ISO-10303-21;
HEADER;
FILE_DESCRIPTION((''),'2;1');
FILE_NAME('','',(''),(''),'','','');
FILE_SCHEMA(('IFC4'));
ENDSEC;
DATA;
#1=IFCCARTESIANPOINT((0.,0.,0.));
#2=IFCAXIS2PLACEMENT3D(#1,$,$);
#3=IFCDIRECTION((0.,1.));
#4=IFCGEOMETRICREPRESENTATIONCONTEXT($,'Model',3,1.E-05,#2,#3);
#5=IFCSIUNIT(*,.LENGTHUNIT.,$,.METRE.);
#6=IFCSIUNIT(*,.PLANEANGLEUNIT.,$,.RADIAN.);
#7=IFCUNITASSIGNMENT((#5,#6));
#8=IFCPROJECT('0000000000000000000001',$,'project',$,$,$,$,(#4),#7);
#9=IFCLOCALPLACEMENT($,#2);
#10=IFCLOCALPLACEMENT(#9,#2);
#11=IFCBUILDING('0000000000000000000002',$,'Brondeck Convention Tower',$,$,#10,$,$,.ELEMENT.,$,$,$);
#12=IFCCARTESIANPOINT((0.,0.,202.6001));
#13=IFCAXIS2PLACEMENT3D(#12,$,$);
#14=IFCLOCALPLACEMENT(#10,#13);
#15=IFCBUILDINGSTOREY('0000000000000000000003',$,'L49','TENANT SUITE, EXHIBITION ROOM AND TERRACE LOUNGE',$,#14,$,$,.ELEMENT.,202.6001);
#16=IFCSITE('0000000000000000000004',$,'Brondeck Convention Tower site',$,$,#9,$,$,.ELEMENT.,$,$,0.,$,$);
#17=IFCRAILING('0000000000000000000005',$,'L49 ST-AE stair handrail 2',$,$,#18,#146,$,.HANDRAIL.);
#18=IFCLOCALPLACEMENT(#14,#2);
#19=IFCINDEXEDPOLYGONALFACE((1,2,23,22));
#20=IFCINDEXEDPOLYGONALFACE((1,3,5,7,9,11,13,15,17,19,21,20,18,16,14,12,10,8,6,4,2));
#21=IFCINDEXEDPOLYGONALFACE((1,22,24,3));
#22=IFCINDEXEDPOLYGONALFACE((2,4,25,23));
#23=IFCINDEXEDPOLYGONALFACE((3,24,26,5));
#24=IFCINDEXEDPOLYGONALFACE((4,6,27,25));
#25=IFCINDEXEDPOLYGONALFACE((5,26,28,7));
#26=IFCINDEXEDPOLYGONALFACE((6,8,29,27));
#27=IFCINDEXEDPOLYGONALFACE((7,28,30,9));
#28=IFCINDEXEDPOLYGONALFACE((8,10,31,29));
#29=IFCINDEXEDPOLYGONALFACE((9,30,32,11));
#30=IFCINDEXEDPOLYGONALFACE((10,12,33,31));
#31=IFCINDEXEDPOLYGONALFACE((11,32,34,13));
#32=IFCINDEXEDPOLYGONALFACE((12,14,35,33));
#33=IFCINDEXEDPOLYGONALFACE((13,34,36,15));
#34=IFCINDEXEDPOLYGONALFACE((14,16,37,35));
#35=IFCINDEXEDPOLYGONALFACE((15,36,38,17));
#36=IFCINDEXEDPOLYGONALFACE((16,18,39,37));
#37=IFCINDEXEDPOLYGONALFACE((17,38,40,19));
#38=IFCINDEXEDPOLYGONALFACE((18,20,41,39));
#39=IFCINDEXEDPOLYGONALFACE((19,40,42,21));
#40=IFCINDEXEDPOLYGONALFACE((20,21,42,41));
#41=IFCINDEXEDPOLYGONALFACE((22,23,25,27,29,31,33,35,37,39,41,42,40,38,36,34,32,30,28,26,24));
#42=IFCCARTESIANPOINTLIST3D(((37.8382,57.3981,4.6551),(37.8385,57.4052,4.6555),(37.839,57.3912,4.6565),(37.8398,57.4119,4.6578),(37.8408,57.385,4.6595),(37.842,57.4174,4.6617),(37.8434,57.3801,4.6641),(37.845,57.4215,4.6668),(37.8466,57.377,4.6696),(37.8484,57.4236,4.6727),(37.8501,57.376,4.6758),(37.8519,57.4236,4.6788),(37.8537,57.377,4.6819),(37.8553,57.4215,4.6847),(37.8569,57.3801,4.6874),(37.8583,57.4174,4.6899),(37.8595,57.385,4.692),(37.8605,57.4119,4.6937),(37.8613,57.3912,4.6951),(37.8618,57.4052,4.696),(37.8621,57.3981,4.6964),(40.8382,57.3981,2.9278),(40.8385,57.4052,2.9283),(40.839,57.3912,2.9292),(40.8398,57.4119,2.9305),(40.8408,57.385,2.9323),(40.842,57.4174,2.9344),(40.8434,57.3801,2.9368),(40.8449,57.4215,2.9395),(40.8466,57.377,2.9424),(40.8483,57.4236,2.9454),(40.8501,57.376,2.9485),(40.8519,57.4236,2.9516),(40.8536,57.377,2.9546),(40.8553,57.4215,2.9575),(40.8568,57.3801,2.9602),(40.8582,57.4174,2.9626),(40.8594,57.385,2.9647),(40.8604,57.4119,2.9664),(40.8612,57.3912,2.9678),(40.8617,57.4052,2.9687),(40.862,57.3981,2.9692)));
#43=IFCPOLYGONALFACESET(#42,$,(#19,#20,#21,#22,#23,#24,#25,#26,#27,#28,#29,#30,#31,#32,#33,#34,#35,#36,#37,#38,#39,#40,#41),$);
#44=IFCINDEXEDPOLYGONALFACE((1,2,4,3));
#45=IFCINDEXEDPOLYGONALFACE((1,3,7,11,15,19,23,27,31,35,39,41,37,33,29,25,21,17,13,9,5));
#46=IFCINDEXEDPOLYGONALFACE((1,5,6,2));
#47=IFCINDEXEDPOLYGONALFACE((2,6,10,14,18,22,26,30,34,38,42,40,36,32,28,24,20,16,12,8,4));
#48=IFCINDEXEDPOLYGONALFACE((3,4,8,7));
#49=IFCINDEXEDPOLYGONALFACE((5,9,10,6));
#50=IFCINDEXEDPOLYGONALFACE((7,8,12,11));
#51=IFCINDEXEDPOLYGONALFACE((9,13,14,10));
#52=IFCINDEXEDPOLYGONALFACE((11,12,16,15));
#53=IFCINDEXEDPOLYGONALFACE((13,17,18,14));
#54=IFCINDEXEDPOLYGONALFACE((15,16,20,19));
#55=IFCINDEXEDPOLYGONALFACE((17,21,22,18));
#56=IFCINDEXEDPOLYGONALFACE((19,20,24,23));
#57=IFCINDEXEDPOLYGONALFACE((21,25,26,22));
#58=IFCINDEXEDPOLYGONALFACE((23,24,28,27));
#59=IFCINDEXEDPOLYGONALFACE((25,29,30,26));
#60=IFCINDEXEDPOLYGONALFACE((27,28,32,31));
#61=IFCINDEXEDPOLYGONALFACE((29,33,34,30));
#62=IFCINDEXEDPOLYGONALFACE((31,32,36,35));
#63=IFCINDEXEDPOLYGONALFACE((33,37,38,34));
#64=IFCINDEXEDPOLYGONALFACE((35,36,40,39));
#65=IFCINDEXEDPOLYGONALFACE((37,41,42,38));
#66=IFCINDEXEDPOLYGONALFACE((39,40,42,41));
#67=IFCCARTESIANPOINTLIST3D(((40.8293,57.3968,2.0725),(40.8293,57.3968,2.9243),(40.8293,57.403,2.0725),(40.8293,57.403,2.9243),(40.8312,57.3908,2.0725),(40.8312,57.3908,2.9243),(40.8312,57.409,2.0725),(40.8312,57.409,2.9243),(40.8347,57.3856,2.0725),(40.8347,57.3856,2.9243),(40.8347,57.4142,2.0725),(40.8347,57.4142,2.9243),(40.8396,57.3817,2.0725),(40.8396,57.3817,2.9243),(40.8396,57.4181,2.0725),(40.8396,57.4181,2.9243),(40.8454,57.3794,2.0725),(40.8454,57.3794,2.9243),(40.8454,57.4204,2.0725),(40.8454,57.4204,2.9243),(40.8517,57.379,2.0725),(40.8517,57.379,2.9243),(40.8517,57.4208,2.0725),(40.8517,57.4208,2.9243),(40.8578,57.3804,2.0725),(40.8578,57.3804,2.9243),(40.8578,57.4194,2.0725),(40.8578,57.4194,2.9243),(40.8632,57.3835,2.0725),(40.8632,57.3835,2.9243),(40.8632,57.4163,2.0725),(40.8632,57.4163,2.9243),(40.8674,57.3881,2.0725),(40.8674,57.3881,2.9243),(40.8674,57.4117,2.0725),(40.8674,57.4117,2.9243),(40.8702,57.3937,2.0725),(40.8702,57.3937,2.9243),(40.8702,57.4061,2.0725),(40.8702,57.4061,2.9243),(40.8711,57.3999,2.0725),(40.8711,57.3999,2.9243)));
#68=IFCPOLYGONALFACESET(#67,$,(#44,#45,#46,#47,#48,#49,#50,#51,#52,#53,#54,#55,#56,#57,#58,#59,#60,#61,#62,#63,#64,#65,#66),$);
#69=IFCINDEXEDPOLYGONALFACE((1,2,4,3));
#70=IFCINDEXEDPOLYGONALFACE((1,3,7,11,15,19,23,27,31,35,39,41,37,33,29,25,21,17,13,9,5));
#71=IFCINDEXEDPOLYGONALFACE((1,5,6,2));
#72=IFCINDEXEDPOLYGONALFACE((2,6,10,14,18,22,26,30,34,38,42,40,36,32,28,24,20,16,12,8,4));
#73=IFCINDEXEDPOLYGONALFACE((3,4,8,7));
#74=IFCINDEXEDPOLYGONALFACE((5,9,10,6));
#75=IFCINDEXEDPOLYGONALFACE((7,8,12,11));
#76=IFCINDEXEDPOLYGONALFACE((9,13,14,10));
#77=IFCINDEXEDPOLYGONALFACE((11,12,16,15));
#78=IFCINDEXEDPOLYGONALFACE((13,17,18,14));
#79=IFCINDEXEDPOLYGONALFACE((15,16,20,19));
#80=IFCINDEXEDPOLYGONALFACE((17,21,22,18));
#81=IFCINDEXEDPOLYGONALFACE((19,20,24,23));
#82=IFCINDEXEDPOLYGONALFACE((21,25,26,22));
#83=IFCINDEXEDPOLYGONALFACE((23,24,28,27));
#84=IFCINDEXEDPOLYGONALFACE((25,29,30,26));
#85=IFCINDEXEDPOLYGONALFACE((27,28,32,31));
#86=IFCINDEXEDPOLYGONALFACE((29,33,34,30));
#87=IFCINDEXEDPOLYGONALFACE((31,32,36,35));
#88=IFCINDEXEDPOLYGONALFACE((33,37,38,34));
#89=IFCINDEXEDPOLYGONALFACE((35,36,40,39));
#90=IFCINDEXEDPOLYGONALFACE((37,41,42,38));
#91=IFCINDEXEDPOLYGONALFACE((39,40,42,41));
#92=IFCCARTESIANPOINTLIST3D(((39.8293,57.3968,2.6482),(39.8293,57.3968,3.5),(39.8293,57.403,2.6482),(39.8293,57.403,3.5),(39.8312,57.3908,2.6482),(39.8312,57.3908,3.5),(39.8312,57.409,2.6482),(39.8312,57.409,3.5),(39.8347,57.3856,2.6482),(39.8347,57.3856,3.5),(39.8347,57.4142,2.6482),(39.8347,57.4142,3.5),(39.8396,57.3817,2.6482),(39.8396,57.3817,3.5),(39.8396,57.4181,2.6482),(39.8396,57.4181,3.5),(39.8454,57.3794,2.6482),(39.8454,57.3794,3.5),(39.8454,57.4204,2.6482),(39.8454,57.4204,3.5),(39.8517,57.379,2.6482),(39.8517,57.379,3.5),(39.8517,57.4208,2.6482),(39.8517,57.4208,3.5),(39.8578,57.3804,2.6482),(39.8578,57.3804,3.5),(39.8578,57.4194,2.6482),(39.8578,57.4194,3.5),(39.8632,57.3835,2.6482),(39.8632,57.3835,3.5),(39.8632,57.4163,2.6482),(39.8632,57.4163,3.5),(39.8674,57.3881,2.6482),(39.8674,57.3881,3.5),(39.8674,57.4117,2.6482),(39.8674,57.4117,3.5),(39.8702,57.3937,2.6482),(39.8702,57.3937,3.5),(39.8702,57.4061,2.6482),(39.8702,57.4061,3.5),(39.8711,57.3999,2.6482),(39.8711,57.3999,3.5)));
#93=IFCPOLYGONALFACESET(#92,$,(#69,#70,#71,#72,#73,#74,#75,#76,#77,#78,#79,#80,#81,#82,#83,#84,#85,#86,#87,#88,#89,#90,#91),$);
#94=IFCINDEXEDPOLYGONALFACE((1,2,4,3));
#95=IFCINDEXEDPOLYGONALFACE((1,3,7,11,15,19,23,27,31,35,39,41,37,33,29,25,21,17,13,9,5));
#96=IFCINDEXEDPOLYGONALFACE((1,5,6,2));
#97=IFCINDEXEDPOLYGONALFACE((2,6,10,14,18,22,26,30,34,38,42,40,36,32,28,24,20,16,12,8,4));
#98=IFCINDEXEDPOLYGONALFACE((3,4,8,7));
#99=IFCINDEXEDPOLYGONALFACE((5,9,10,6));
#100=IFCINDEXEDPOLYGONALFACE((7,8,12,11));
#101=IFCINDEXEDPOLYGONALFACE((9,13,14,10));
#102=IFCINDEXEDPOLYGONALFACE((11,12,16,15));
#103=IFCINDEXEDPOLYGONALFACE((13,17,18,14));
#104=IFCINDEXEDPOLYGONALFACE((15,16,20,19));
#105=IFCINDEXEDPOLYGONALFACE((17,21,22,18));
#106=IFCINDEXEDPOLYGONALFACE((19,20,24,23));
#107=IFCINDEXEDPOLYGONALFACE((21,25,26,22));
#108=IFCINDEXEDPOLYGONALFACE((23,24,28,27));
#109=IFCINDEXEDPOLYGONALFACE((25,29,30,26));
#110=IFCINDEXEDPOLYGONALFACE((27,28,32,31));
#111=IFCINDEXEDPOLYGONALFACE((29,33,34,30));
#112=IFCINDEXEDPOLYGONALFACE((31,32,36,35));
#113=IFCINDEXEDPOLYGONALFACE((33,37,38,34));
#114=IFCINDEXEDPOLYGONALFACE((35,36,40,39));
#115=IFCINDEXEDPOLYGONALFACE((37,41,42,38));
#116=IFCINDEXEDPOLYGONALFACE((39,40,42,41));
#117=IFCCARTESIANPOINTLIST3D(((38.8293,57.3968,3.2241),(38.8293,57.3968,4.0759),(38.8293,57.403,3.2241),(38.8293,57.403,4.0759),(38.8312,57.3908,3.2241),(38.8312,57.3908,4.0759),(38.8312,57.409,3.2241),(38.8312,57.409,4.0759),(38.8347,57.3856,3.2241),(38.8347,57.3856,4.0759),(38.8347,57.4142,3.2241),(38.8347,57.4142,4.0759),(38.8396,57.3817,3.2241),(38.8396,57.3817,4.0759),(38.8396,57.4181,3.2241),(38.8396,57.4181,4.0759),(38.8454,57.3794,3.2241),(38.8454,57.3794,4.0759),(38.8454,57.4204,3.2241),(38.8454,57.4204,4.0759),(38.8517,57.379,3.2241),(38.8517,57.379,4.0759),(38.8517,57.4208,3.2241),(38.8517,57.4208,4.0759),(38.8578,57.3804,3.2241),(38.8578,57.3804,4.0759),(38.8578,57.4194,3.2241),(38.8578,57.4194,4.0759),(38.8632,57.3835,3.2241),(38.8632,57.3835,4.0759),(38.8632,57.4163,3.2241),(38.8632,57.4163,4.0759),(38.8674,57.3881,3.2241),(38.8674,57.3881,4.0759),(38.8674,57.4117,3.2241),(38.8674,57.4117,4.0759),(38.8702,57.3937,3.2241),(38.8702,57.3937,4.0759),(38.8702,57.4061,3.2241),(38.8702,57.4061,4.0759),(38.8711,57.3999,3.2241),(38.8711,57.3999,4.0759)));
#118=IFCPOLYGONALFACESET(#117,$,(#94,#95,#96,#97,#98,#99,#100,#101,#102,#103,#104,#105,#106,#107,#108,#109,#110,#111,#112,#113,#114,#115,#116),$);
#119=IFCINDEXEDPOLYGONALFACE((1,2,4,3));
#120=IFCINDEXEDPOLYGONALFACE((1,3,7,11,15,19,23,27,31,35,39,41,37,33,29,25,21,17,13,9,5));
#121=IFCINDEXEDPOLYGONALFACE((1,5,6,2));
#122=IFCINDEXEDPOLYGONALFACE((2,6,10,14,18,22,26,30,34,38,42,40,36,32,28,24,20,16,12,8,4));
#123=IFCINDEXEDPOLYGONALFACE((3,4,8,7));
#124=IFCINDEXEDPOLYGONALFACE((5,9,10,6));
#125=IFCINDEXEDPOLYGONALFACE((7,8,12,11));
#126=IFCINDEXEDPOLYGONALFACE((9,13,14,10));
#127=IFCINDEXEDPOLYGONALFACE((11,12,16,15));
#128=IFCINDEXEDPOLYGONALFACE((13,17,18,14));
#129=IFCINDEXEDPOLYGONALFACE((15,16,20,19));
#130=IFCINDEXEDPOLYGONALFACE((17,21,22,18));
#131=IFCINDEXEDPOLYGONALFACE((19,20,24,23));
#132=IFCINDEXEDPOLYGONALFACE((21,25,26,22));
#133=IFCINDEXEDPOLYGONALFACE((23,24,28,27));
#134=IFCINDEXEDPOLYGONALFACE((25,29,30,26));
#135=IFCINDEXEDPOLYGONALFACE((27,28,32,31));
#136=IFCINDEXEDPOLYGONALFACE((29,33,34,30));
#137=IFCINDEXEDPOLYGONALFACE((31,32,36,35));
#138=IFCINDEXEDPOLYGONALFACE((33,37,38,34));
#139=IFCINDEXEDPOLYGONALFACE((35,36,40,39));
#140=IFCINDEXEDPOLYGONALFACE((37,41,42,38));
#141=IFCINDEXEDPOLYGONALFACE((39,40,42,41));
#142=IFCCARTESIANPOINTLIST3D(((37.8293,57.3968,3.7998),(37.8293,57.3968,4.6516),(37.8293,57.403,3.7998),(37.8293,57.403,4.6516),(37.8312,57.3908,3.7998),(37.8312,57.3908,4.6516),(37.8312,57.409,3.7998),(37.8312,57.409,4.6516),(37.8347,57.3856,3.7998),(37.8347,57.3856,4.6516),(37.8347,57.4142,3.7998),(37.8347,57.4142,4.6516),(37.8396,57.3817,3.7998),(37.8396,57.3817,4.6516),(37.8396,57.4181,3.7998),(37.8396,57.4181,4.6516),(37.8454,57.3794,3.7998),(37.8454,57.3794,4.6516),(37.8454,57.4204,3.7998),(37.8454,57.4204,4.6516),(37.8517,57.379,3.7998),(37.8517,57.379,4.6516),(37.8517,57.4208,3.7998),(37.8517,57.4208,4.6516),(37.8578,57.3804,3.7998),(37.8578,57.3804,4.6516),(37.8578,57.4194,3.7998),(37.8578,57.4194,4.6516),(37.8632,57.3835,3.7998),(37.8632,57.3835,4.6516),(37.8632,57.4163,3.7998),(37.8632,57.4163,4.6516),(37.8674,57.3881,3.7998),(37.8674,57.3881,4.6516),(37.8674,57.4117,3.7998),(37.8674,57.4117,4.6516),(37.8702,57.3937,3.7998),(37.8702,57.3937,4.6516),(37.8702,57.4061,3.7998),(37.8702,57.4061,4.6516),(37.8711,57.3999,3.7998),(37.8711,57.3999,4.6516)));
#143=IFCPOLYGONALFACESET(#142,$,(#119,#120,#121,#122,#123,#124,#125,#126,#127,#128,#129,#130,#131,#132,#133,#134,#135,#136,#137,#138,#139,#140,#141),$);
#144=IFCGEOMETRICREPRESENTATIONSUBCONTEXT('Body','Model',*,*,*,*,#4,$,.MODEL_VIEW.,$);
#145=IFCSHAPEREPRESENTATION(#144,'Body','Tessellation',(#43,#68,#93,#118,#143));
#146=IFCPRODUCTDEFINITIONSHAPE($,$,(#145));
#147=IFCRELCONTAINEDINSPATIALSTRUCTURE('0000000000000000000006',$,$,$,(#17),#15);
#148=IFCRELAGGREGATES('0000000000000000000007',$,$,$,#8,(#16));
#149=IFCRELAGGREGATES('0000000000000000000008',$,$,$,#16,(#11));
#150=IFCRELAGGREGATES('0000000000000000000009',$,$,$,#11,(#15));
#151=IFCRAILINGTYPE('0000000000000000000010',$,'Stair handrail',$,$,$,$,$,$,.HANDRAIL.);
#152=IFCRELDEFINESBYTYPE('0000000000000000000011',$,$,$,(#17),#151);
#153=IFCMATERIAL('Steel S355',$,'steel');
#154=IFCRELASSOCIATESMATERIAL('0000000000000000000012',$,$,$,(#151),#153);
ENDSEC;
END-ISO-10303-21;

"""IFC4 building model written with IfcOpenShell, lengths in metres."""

from ifc_helpers import new_model, si_unit, direction, frame, origin, origin_2d, place, context, subcontext, project, spatial, circle, extrude, material, type_object, element, save


model = new_model("IFC4")

# Units and contexts
model_context = context("Model", 3, precision=1e-05, world=origin(), true_north=direction((0.0, 1.0)))
body_context = subcontext(model_context, "Body", "Model", "MODEL_VIEW")
ifc_project = project(units=[si_unit("LENGTHUNIT", "METRE"), si_unit("PLANEANGLEUNIT", "RADIAN")], contexts=[model_context])

# Site, building, storey
site_placement = place(None, origin())
site = spatial("IfcSite", under=ifc_project, at=site_placement, Name="Brondeck Convention Tower site", CompositionType="ELEMENT", RefElevation=0.0)
building_placement = place(site_placement, origin())
building = spatial("IfcBuilding", under=site, at=building_placement, Name="Brondeck Convention Tower", CompositionType="ELEMENT")
storey_placement = place(building_placement, frame((0.0, 0.0, 202.6001)))
storey = spatial("IfcBuildingStorey", under=building, at=storey_placement, Name="L49", Description="TENANT SUITE, EXHIBITION ROOM AND TERRACE LOUNGE", CompositionType="ELEMENT", Elevation=202.6001)

# Shared definitions
ifc_material_1 = material(Name="Steel S355", Category="steel")

# Railing
railing_type_1 = type_object("IfcRailingType", Name="Stair handrail", PredefinedType="HANDRAIL", material=ifc_material_1)
railing_1_placement = place(storey_placement, frame((40.8501, 57.3999, 2.0725)))
element("IfcRailing", 1, at=railing_1_placement, inside=storey, type_object=railing_type_1, Name="L49 ST-AE stair handrail 2", PredefinedType="HANDRAIL", context=body_context, shape_type="SweptSolid", body=[
    extrude(circle(Radius=0.0239, at=origin_2d()), frame((0.0, 0.0, 0.876), z_axis=(-0.86662, 0.0, 0.498969), x_axis=(0.0, -1.0, 0.0)), (0.0, 0.0, 1.0), 3.4617),
    extrude(circle(Radius=0.021, at=origin_2d()), origin(), (0.0, 0.0, 1.0), 0.8518),
    extrude(circle(Radius=0.021, at=origin_2d()), frame((-1.0, 0.0, 0.5757)), (0.0, 0.0, 1.0), 0.8518),
    extrude(circle(Radius=0.021, at=origin_2d()), frame((-2.0, 0.0, 1.1516)), (0.0, 0.0, 1.0), 0.8518),
    extrude(circle(Radius=0.021, at=origin_2d()), frame((-3.0, 0.0, 1.7273)), (0.0, 0.0, 1.0), 0.8518),
])

save(model, "model.ifc")
